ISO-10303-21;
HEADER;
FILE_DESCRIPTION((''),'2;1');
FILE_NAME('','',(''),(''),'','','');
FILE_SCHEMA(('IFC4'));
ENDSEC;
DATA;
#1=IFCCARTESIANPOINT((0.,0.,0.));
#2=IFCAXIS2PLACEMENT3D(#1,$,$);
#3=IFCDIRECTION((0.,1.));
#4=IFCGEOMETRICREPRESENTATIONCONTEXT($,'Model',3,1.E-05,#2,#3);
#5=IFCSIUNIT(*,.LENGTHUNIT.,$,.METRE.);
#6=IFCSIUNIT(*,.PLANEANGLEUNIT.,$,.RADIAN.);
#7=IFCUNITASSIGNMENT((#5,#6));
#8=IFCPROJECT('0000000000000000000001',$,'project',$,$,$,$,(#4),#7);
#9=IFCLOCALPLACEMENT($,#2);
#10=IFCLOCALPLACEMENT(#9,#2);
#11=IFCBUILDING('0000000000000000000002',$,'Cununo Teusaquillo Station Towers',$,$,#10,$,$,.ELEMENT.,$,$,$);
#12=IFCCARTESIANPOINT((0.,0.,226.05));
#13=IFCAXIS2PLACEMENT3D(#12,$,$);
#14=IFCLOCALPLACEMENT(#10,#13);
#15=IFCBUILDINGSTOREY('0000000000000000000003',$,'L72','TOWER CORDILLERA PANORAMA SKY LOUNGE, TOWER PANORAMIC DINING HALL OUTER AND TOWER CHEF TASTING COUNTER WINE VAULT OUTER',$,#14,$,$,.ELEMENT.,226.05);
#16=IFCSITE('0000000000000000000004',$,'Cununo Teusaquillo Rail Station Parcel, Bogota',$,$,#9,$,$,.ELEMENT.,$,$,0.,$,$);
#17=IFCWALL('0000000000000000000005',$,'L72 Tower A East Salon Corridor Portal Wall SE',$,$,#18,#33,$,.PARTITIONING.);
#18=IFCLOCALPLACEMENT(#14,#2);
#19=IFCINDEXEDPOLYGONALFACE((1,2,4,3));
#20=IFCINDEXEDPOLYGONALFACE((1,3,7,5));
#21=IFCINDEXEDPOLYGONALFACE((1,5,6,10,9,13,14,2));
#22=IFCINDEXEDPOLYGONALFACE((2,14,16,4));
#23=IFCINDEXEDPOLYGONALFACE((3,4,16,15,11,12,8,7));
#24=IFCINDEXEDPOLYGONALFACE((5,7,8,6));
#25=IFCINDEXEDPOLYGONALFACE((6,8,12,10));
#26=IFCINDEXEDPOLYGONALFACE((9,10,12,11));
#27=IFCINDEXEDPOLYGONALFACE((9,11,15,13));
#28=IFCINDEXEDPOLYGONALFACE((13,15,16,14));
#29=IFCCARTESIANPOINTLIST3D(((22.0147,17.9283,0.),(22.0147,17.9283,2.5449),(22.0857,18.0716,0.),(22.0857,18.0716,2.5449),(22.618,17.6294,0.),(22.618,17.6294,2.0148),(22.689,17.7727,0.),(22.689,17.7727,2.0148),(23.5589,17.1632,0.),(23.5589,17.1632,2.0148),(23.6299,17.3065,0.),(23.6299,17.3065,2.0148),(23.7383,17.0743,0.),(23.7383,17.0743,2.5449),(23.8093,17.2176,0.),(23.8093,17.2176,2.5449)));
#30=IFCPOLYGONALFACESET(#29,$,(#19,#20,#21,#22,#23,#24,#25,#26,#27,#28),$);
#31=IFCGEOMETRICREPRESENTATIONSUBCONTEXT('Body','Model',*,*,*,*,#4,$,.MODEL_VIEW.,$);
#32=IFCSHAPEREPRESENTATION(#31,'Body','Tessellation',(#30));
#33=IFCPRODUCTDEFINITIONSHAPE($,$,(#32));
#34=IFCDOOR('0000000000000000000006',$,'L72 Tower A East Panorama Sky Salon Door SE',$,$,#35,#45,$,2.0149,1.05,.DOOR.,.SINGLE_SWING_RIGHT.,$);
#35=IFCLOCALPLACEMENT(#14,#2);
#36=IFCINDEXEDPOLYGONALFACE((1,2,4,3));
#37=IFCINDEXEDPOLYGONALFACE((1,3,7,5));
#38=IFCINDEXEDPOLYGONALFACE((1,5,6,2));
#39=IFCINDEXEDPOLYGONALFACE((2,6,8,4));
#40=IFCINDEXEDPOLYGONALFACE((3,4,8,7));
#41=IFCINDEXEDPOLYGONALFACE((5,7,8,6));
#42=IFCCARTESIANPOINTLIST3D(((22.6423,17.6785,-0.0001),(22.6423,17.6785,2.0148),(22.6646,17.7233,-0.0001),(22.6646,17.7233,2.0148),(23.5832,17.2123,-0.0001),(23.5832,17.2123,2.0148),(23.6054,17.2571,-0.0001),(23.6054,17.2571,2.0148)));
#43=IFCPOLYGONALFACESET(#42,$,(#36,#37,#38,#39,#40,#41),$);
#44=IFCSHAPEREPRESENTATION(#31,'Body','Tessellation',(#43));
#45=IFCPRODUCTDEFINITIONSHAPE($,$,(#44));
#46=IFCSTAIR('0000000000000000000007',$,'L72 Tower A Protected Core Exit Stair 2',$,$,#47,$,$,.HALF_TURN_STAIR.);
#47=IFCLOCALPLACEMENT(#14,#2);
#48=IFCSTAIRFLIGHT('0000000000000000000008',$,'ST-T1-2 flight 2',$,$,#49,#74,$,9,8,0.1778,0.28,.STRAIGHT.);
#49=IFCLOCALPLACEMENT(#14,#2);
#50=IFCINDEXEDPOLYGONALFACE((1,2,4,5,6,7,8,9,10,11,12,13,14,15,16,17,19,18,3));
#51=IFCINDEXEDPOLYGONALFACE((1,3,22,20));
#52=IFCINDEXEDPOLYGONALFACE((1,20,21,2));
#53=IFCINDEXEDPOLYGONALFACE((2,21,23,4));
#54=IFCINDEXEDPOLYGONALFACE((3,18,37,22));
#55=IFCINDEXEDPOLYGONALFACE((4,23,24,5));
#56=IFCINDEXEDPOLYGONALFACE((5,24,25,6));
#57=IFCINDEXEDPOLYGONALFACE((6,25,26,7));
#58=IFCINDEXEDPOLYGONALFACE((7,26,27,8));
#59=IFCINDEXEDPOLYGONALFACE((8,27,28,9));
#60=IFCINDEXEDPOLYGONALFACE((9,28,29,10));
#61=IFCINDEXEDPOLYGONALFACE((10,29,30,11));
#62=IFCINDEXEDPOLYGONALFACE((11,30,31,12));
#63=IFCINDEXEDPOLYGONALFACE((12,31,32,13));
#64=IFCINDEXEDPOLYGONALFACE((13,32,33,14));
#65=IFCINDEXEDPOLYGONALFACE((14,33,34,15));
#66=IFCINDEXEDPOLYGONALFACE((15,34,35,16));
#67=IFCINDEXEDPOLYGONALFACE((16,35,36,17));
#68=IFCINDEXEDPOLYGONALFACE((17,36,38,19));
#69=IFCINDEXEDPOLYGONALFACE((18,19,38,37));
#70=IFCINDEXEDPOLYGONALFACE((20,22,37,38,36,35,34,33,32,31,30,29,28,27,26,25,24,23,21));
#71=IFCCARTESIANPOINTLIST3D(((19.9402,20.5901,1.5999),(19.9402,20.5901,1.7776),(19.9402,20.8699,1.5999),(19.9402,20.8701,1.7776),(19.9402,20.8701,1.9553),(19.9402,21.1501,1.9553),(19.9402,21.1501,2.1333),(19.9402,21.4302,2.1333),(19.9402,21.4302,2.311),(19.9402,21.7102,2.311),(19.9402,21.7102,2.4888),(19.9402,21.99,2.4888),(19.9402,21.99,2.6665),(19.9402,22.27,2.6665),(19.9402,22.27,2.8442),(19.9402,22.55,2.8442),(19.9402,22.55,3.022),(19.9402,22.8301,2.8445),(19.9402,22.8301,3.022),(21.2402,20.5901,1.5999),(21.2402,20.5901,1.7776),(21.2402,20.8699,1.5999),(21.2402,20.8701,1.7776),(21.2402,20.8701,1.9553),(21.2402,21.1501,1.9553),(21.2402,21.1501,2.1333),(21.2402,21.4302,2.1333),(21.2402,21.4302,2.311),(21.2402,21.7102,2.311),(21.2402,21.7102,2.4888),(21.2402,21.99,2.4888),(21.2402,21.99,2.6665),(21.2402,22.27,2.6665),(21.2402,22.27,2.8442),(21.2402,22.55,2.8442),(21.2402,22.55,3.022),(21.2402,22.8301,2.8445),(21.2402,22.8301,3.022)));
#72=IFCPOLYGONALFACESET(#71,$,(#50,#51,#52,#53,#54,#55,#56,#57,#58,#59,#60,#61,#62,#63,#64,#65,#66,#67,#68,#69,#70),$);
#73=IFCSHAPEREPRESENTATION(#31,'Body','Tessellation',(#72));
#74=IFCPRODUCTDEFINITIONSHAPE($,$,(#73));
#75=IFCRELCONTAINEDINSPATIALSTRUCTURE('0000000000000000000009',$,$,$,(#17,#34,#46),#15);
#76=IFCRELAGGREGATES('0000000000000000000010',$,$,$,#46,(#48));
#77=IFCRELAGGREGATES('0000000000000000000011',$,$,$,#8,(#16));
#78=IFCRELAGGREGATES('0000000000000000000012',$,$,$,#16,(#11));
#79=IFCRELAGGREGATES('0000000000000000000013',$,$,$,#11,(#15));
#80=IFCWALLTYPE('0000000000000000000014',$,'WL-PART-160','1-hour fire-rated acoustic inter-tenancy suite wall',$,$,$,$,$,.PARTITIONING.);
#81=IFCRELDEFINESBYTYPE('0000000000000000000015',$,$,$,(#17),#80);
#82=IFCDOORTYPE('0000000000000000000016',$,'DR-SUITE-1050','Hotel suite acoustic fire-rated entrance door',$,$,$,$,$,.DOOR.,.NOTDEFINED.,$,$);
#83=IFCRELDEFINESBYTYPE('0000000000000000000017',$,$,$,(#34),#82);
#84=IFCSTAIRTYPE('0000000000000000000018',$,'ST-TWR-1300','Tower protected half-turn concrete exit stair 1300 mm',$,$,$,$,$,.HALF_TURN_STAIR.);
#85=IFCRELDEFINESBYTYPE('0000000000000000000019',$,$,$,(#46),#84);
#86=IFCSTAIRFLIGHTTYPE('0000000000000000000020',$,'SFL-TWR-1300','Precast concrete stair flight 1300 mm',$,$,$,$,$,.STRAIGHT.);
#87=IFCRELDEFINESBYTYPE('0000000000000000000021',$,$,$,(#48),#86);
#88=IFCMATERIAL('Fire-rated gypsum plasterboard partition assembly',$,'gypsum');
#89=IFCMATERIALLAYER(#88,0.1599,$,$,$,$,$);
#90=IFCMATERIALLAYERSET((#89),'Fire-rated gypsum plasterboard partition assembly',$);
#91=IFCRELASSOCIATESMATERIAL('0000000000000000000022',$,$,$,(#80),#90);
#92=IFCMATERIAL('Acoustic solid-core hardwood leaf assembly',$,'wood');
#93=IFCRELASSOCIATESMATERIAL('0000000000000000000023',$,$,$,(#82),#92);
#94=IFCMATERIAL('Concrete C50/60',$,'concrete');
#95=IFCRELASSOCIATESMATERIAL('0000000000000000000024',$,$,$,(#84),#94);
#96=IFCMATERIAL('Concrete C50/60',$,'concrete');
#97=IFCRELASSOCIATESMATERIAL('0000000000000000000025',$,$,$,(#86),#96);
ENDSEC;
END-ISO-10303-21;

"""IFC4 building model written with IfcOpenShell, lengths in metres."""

from ifc_helpers import new_model, si_unit, direction, frame, frame_2d, origin, place, context, subcontext, project, spatial, polyline, rectangle, outline, extrude, source, transform, mapped, material, layer, layer_set, type_object, element, fill, aggregate, save


model = new_model("IFC4")

# Units and contexts
model_context = context("Model", 3, precision=1e-05, world=origin(), true_north=direction((0.0, 1.0)))
body_context = subcontext(model_context, "Body", "Model", "MODEL_VIEW")
ifc_project = project(units=[si_unit("LENGTHUNIT", "METRE"), si_unit("PLANEANGLEUNIT", "RADIAN")], contexts=[model_context])

# Site, building, storey
site_placement = place(None, origin())
site = spatial("IfcSite", under=ifc_project, at=site_placement, Name="Cununo Teusaquillo Rail Station Parcel, Bogota", CompositionType="ELEMENT", RefElevation=0.0)
building_placement = place(site_placement, origin())
building = spatial("IfcBuilding", under=site, at=building_placement, Name="Cununo Teusaquillo Station Towers", CompositionType="ELEMENT")
storey_placement = place(building_placement, frame((0.0, 0.0, 226.05)))
storey = spatial("IfcBuildingStorey", under=building, at=storey_placement, Name="L72", Description="TOWER CORDILLERA PANORAMA SKY LOUNGE, TOWER PANORAMIC DINING HALL OUTER AND TOWER CHEF TASTING COUNTER WINE VAULT OUTER", CompositionType="ELEMENT", Elevation=226.05)

# Wall, opening, door
ifc_material_1 = material(Name="Fire-rated gypsum plasterboard partition assembly", Category="gypsum")
ifc_layer_1 = layer(ifc_material_1, 0.1599)
ifc_layer_set_1 = layer_set([ifc_layer_1], Name="Fire-rated gypsum plasterboard partition assembly")
wall_type_1 = type_object("IfcWallType", Name="WL-PART-160", Description="1-hour fire-rated acoustic inter-tenancy suite wall", PredefinedType="PARTITIONING", material=ifc_layer_set_1)
wall_1_placement = place(storey_placement, frame((22.05, 18.0, 0.0), z_axis=(0.0, 0.0, 1.0), x_axis=(0.896046, -0.443962, 0.0)))
wall_1 = element("IfcWall", 1, at=wall_1_placement, inside=storey, type_object=wall_type_1, Name="L72 Tower A East Salon Corridor Portal Wall SE", PredefinedType="PARTITIONING", context=body_context, shape_type="SweptSolid", body=[
    extrude(rectangle(XDim=1.9236, YDim=0.1599, at=frame_2d((0.9619, 0.0))), origin(), (0.0, 0.0, 1.0), 2.5449),
])
shared_shape_1 = source(origin(), body_context, "Body", "SweptSolid", [
    extrude(rectangle(XDim=1.05, YDim=2.0149, at=frame_2d((0.5249, 1.0073))), frame((0.0, 0.0898, 0.0), z_axis=(0.0, -1.0, 0.0), x_axis=(1.0, 0.0, 0.0)), (0.0, 0.0, 1.0), 0.1799),
])
opening_placement = place(wall_1_placement, frame((0.6736, 0.0, 0.0)))
opening = element("IfcOpeningElement", 2, at=opening_placement, cuts=wall_1, PredefinedType="OPENING", context=body_context, shape_type="MappedRepresentation", body=[
    mapped(shared_shape_1, transform((0.0, 0.0, 0.0), x_axis=(1.0, 0.0, 0.0), y_axis=(0.0, 1.0, 0.0), z_axis=(0.0, 0.0, 1.0), scale=1.0)),
])
ifc_material_2 = material(Name="Acoustic solid-core hardwood leaf assembly", Category="wood")
door_type = type_object("IfcDoorType", Name="DR-SUITE-1050", Description="Hotel suite acoustic fire-rated entrance door", OperationType="NOTDEFINED", PredefinedType="DOOR", material=ifc_material_2)
shared_shape_2 = source(origin(), body_context, "Body", "SweptSolid", [
    extrude(rectangle(XDim=1.05, YDim=2.0149, at=frame_2d((0.5249, 1.0073))), frame((0.0, 0.0249, 0.0), z_axis=(0.0, -1.0, 0.0), x_axis=(1.0, 0.0, 0.0)), (0.0, 0.0, 1.0), 0.05),
])
door_placement = place(opening_placement, origin())
door = element("IfcDoor", 3, at=door_placement, inside=storey, type_object=door_type, Name="L72 Tower A East Panorama Sky Salon Door SE", OperationType="SINGLE_SWING_RIGHT", OverallHeight=2.0149, OverallWidth=1.05, PredefinedType="DOOR", context=body_context, shape_type="MappedRepresentation", body=[
    mapped(shared_shape_2, transform((0.0, 0.0, 0.0), x_axis=(1.0, 0.0, 0.0), y_axis=(0.0, 1.0, 0.0), z_axis=(0.0, 0.0, 1.0), scale=1.0)),
])
fill(opening, door)

# Stair, stair flight
ifc_material_3 = material(Name="Concrete C50/60", Category="concrete")
stair_type = type_object("IfcStairType", Name="ST-TWR-1300", Description="Tower protected half-turn concrete exit stair 1300 mm", PredefinedType="HALF_TURN_STAIR", material=ifc_material_3)
stair_placement = place(storey_placement, origin())
stair = element("IfcStair", 4, at=stair_placement, inside=storey, type_object=stair_type, Name="L72 Tower A Protected Core Exit Stair 2", PredefinedType="HALF_TURN_STAIR")
ifc_material_4 = material(Name="Concrete C50/60", Category="concrete")
stair_flight_type = type_object("IfcStairFlightType", Name="SFL-TWR-1300", Description="Precast concrete stair flight 1300 mm", PredefinedType="STRAIGHT", material=ifc_material_4)
stair_flight_placement = place(storey_placement, frame((20.5901, 20.5901, 1.5999), z_axis=(0.0, 0.0, 1.0), x_axis=(0.0, 1.0, 0.0)))
stair_flight = element("IfcStairFlight", 5, at=stair_flight_placement, type_object=stair_flight_type, Name="ST-T1-2 flight 2", NumberOfRisers=9, NumberOfTreads=8, PredefinedType="STRAIGHT", RiserHeight=0.1778, TreadLength=0.28, context=body_context, shape_type="SweptSolid", body=[
    extrude(outline(polyline([(0.0, 0.0), (0.0, 0.1777), (0.28, 0.1777), (0.28, 0.3555), (0.5601, 0.3555), (0.5601, 0.5334), (0.8401, 0.5334), (0.8401, 0.7112), (1.1201, 0.7112), (1.1201, 0.8889), (1.3999, 0.8889), (1.3999, 1.0667), (1.6799, 1.0667), (1.6799, 1.2444), (1.96, 1.2444), (1.96, 1.4221), (2.24, 1.4221), (2.24, 1.6001), (2.24, 1.2446), (0.2798, 0.0), (0.0, 0.0)])), frame((0.0, 0.6499, 0.0), z_axis=(0.0, -1.0, 0.0), x_axis=(1.0, 0.0, 0.0)), (0.0, 0.0, 1.0), 1.3),
])
aggregate(stair, [stair_flight])

save(model, "model.ifc")
